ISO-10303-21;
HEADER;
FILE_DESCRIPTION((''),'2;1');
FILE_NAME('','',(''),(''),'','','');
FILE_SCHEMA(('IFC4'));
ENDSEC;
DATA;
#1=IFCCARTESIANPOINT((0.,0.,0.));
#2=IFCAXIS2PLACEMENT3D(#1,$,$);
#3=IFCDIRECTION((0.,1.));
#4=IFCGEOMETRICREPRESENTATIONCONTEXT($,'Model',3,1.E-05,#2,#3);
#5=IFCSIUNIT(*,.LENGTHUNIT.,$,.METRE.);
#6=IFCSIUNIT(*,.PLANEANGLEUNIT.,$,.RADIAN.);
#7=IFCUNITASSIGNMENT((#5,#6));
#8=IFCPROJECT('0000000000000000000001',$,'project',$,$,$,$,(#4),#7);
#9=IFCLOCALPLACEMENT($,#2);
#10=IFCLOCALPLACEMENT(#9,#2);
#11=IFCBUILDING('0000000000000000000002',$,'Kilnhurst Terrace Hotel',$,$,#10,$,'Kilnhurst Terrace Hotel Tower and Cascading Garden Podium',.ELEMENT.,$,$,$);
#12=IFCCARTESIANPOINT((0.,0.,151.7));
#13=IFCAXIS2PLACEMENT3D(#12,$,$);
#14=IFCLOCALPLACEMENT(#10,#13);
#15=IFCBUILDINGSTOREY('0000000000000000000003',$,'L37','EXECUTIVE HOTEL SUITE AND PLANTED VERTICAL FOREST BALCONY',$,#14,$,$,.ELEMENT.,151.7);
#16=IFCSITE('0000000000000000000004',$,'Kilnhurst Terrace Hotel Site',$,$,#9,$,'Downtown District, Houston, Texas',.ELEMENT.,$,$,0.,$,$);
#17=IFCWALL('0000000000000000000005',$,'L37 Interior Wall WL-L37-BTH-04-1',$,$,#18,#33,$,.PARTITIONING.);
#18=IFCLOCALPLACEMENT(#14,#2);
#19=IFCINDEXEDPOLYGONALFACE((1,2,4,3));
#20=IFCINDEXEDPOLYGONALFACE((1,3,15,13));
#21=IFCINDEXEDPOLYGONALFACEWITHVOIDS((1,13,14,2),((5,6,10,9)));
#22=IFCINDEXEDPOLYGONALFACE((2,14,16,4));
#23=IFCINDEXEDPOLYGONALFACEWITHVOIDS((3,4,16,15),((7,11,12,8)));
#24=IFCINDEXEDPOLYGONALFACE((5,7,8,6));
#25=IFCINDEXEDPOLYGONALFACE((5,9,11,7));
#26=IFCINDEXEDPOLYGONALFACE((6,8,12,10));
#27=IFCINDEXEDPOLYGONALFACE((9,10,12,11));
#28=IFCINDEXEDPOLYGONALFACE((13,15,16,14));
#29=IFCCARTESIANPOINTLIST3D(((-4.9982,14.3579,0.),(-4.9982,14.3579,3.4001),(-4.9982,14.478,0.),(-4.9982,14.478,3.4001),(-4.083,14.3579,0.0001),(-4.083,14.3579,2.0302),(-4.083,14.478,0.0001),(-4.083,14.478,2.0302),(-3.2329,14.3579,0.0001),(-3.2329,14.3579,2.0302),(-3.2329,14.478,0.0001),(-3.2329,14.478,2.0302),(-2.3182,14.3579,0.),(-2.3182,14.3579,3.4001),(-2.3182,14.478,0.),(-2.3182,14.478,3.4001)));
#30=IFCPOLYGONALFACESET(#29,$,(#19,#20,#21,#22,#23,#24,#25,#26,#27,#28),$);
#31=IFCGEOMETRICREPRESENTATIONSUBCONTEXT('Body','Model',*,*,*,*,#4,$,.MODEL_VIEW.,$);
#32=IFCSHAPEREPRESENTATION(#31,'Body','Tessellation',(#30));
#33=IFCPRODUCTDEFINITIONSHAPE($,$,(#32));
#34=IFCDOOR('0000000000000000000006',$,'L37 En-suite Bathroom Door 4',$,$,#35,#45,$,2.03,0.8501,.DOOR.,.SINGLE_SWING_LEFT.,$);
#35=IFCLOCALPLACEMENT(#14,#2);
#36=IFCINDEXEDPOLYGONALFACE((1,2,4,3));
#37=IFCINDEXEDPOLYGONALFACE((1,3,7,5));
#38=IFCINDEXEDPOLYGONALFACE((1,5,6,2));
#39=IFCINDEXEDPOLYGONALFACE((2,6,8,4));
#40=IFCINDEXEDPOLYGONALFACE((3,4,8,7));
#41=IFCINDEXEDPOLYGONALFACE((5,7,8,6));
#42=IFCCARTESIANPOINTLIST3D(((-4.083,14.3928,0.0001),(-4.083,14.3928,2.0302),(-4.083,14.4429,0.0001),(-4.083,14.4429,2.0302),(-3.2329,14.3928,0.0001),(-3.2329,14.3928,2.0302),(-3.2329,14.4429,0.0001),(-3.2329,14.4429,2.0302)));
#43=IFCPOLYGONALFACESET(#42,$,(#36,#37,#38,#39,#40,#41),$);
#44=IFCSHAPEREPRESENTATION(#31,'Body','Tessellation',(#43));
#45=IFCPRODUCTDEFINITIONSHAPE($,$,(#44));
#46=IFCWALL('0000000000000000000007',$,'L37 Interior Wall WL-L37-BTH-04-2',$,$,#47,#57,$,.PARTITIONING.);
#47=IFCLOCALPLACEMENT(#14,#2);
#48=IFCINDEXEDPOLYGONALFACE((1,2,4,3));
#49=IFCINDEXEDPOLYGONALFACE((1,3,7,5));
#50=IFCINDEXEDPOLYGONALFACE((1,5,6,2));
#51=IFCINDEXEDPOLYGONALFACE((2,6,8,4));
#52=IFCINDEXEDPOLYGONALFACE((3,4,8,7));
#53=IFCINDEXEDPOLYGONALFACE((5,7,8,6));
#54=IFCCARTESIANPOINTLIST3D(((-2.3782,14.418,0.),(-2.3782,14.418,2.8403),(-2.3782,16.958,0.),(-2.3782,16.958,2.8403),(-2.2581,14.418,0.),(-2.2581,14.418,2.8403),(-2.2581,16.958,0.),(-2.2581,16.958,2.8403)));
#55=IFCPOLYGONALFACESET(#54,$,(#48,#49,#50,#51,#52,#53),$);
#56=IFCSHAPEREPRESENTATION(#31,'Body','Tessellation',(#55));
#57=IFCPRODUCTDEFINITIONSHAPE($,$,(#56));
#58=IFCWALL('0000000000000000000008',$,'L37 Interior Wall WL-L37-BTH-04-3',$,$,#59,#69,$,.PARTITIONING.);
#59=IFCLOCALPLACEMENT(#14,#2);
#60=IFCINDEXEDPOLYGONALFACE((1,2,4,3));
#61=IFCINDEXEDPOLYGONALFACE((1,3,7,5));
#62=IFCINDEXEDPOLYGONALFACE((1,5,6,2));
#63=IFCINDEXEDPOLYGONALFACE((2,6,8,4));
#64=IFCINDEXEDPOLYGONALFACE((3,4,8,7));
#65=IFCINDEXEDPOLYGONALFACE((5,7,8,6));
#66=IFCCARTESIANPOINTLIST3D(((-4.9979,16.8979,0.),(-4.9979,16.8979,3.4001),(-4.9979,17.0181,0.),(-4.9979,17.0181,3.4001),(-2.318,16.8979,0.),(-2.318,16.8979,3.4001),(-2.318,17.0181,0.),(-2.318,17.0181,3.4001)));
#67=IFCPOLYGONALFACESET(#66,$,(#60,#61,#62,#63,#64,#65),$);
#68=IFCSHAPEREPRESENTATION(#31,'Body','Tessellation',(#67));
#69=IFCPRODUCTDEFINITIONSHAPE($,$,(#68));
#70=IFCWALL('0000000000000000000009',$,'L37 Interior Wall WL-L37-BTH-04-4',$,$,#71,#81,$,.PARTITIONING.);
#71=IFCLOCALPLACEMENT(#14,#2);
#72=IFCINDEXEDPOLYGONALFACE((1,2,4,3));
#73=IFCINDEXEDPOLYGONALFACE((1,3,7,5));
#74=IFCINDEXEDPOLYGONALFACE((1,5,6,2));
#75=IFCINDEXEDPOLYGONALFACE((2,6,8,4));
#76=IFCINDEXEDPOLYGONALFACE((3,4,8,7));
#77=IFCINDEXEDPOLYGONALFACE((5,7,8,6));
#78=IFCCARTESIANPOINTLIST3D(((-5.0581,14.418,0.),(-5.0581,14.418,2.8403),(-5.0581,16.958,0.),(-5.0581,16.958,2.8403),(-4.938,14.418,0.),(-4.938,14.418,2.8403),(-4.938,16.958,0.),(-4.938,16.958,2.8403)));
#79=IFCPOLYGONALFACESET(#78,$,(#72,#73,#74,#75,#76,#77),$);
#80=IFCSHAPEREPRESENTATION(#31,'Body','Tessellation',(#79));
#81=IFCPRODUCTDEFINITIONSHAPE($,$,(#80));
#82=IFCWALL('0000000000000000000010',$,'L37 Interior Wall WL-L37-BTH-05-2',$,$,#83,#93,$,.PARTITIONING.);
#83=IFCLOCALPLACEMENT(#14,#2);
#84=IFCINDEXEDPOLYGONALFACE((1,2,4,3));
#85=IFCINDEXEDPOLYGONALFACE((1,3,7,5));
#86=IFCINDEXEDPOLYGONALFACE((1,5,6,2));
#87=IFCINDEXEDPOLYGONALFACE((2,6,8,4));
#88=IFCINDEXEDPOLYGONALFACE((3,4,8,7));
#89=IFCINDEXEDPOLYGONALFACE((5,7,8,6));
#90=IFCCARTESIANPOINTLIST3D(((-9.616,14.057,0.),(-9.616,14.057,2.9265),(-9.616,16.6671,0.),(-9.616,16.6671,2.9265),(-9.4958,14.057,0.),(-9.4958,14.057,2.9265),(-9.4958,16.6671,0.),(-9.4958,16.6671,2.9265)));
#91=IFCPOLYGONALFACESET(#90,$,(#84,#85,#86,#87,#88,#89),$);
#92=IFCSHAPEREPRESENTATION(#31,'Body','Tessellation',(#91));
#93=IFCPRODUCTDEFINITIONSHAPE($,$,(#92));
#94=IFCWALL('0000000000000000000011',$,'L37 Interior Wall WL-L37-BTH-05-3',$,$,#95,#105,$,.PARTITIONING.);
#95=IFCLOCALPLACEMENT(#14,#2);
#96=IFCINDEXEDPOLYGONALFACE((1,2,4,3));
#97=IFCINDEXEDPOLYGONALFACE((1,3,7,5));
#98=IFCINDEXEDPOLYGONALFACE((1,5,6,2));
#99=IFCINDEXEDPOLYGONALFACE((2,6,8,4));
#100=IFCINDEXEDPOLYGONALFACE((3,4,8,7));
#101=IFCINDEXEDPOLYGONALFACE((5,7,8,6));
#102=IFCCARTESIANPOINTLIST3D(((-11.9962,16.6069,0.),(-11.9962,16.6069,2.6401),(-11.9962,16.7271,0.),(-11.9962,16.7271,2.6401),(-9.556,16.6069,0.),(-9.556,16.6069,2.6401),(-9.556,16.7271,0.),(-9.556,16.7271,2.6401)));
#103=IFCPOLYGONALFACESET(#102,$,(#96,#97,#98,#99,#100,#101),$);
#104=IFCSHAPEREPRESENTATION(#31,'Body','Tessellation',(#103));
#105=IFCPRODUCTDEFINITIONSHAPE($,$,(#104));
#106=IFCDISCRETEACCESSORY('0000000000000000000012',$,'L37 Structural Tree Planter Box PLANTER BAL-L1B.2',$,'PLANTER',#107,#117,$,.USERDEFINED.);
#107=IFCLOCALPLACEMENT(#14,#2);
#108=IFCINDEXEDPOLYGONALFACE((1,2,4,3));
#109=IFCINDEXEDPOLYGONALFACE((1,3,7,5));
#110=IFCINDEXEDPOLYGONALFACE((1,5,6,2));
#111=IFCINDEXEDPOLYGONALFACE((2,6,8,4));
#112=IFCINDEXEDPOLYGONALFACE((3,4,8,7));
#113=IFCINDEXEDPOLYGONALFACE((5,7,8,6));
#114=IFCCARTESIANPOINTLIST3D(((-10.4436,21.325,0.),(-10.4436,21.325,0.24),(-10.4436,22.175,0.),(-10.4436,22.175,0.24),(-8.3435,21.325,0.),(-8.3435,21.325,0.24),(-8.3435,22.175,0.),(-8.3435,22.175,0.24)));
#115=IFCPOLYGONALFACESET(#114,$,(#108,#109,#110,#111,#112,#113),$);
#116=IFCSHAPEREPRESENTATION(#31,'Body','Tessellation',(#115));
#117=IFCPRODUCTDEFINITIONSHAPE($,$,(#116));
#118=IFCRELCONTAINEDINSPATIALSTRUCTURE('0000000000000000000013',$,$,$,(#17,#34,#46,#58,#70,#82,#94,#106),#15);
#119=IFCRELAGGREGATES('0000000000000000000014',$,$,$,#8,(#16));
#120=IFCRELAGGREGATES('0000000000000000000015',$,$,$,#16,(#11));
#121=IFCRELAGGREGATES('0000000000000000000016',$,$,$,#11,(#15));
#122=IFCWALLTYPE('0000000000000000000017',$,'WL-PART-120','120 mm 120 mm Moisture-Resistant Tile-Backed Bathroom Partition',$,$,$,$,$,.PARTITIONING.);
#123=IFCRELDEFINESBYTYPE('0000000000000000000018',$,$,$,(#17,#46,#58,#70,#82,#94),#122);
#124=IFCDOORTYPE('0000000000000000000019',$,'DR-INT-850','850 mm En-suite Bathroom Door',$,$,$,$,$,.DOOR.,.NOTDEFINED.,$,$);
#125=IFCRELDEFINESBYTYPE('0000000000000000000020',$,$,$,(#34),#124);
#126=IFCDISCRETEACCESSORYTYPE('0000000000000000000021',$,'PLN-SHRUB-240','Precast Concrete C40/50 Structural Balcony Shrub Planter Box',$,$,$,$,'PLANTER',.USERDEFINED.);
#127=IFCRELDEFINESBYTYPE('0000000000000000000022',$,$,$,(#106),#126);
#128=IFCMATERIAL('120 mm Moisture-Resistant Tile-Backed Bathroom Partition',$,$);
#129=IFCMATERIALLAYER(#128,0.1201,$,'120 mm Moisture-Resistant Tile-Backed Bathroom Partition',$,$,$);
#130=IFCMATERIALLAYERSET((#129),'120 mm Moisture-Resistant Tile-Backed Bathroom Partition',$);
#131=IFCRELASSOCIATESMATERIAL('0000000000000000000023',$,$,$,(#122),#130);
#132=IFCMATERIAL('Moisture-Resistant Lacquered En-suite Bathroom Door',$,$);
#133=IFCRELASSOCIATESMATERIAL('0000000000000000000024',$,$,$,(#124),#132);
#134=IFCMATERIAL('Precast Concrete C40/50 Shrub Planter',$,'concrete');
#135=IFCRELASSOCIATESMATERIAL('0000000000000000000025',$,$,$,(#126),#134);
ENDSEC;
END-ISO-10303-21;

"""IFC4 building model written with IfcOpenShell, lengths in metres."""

from ifc_helpers import new_model, si_unit, direction, frame, frame_2d, origin, origin_2d, place, context, subcontext, project, spatial, rectangle, extrude, material, layer, layer_set, type_object, element, fill, save


model = new_model("IFC4")

# Units and contexts
model_context = context("Model", 3, precision=1e-05, world=origin(), true_north=direction((0.0, 1.0)))
body_context = subcontext(model_context, "Body", "Model", "MODEL_VIEW")
ifc_project = project(units=[si_unit("LENGTHUNIT", "METRE"), si_unit("PLANEANGLEUNIT", "RADIAN")], contexts=[model_context])

# Site, building, storey
site_placement = place(None, origin())
site = spatial("IfcSite", under=ifc_project, at=site_placement, Name="Kilnhurst Terrace Hotel Site", LongName="Downtown District, Houston, Texas", CompositionType="ELEMENT", RefElevation=0.0)
building_placement = place(site_placement, origin())
building = spatial("IfcBuilding", under=site, at=building_placement, Name="Kilnhurst Terrace Hotel", LongName="Kilnhurst Terrace Hotel Tower and Cascading Garden Podium", CompositionType="ELEMENT")
storey_placement = place(building_placement, frame((0.0, 0.0, 151.7)))
storey = spatial("IfcBuildingStorey", under=building, at=storey_placement, Name="L37", Description="EXECUTIVE HOTEL SUITE AND PLANTED VERTICAL FOREST BALCONY", CompositionType="ELEMENT", Elevation=151.7)

# Wall, opening, door
ifc_material_1 = material(Name="120 mm Moisture-Resistant Tile-Backed Bathroom Partition")
ifc_layer_1 = layer(ifc_material_1, 0.1201, Name="120 mm Moisture-Resistant Tile-Backed Bathroom Partition")
ifc_layer_set_1 = layer_set([ifc_layer_1], Name="120 mm Moisture-Resistant Tile-Backed Bathroom Partition")
wall_type_1 = type_object("IfcWallType", Name="WL-PART-120", Description="120 mm 120 mm Moisture-Resistant Tile-Backed Bathroom Partition", PredefinedType="PARTITIONING", material=ifc_layer_set_1)
wall_1_placement = place(storey_placement, frame((-4.998, 14.418, 0.0), z_axis=(0.0, 0.0, 1.0), x_axis=(1.0, 0.0, 0.0)))
wall_1 = element("IfcWall", 1, at=wall_1_placement, inside=storey, type_object=wall_type_1, Name="L37 Interior Wall WL-L37-BTH-04-1", PredefinedType="PARTITIONING", context=body_context, shape_type="SweptSolid", body=[
    extrude(rectangle(XDim=2.6799, YDim=0.1201, at=frame_2d((1.3398, 0.0))), origin(), (0.0, 0.0, 1.0), 3.4001),
])
opening_placement = place(wall_1_placement, frame((0.915, 0.0, 0.0)))
opening = element("IfcOpeningElement", 2, at=opening_placement, cuts=wall_1, PredefinedType="OPENING", context=body_context, shape_type="SweptSolid", body=[
    extrude(rectangle(XDim=0.8501, YDim=2.03, at=frame_2d((0.425, 1.0151))), frame((0.0, 0.0701, 0.0), z_axis=(0.0, -1.0, 0.0), x_axis=(1.0, 0.0, 0.0)), (0.0, 0.0, 1.0), 0.1401),
])
ifc_material_2 = material(Name="Moisture-Resistant Lacquered En-suite Bathroom Door")
door_type = type_object("IfcDoorType", Name="DR-INT-850", Description="850 mm En-suite Bathroom Door", OperationType="NOTDEFINED", PredefinedType="DOOR", material=ifc_material_2)
door_placement = place(opening_placement, origin())
door = element("IfcDoor", 3, at=door_placement, inside=storey, type_object=door_type, Name="L37 En-suite Bathroom Door 4", OperationType="SINGLE_SWING_LEFT", OverallHeight=2.03, OverallWidth=0.8501, PredefinedType="DOOR", context=body_context, shape_type="SweptSolid", body=[
    extrude(rectangle(XDim=0.8501, YDim=2.03, at=frame_2d((0.425, 1.0151))), frame((0.0, 0.0249, 0.0), z_axis=(0.0, -1.0, 0.0), x_axis=(1.0, 0.0, 0.0)), (0.0, 0.0, 1.0), 0.05),
])
fill(opening, door)

# Walls
wall_2_placement = place(storey_placement, frame((-2.3181, 14.418, 0.0), z_axis=(0.0, 0.0, 1.0), x_axis=(0.0, 1.0, 0.0)))
element("IfcWall", 4, at=wall_2_placement, inside=storey, type_object=wall_type_1, Name="L37 Interior Wall WL-L37-BTH-04-2", PredefinedType="PARTITIONING", context=body_context, shape_type="SweptSolid", body=[
    extrude(rectangle(XDim=2.54, YDim=0.1201, at=frame_2d((1.27, 0.0))), origin(), (0.0, 0.0, 1.0), 2.8403),
])
wall_3_placement = place(storey_placement, frame((-2.3181, 16.958, 0.0), z_axis=(0.0, 0.0, 1.0), x_axis=(-1.0, 0.0, 0.0)))
element("IfcWall", 5, at=wall_3_placement, inside=storey, type_object=wall_type_1, Name="L37 Interior Wall WL-L37-BTH-04-3", PredefinedType="PARTITIONING", context=body_context, shape_type="SweptSolid", body=[
    extrude(rectangle(XDim=2.6799, YDim=0.1201, at=frame_2d((1.3398, 0.0))), origin(), (0.0, 0.0, 1.0), 3.4001),
])
wall_4_placement = place(storey_placement, frame((-4.998, 16.958, 0.0), z_axis=(0.0, 0.0, 1.0), x_axis=(0.0, -1.0, 0.0)))
element("IfcWall", 6, at=wall_4_placement, inside=storey, type_object=wall_type_1, Name="L37 Interior Wall WL-L37-BTH-04-4", PredefinedType="PARTITIONING", context=body_context, shape_type="SweptSolid", body=[
    extrude(rectangle(XDim=2.54, YDim=0.1201, at=frame_2d((1.27, 0.0))), origin(), (0.0, 0.0, 1.0), 2.8403),
])
wall_5_placement = place(storey_placement, frame((-9.5559, 14.0569, 0.0), z_axis=(0.0, 0.0, 1.0), x_axis=(0.0, 1.0, 0.0)))
element("IfcWall", 7, at=wall_5_placement, inside=storey, type_object=wall_type_1, Name="L37 Interior Wall WL-L37-BTH-05-2", PredefinedType="PARTITIONING", context=body_context, shape_type="SweptSolid", body=[
    extrude(rectangle(XDim=2.6101, YDim=0.1201, at=frame_2d((1.3052, 0.0))), origin(), (0.0, 0.0, 1.0), 2.9265),
])
wall_6_placement = place(storey_placement, frame((-9.5559, 16.667, 0.0), z_axis=(0.0, 0.0, 1.0), x_axis=(-1.0, 0.0, 0.0)))
element("IfcWall", 8, at=wall_6_placement, inside=storey, type_object=wall_type_1, Name="L37 Interior Wall WL-L37-BTH-05-3", PredefinedType="PARTITIONING", context=body_context, shape_type="SweptSolid", body=[
    extrude(rectangle(XDim=2.4402, YDim=0.1201, at=frame_2d((1.2202, 0.0))), origin(), (0.0, 0.0, 1.0), 2.6401),
])

# Discrete accessory
ifc_material_3 = material(Name="Precast Concrete C40/50 Shrub Planter", Category="concrete")
discrete_accessory_type = type_object("IfcDiscreteAccessoryType", Name="PLN-SHRUB-240", Description="Precast Concrete C40/50 Structural Balcony Shrub Planter Box", ElementType="PLANTER", PredefinedType="USERDEFINED", material=ifc_material_3)
discrete_accessory_placement = place(storey_placement, frame((-9.3936, 21.75, 0.0), z_axis=(0.0, 0.0, 1.0), x_axis=(-1.0, 0.0, 0.0)))
element("IfcDiscreteAccessory", 9, at=discrete_accessory_placement, inside=storey, type_object=discrete_accessory_type, Name="L37 Structural Tree Planter Box PLANTER BAL-L1B.2", ObjectType="PLANTER", PredefinedType="USERDEFINED", context=body_context, shape_type="SweptSolid", body=[
    extrude(rectangle(XDim=2.1001, YDim=0.8501, at=origin_2d()), origin(), (0.0, 0.0, 1.0), 0.24),
])

save(model, "model.ifc")
